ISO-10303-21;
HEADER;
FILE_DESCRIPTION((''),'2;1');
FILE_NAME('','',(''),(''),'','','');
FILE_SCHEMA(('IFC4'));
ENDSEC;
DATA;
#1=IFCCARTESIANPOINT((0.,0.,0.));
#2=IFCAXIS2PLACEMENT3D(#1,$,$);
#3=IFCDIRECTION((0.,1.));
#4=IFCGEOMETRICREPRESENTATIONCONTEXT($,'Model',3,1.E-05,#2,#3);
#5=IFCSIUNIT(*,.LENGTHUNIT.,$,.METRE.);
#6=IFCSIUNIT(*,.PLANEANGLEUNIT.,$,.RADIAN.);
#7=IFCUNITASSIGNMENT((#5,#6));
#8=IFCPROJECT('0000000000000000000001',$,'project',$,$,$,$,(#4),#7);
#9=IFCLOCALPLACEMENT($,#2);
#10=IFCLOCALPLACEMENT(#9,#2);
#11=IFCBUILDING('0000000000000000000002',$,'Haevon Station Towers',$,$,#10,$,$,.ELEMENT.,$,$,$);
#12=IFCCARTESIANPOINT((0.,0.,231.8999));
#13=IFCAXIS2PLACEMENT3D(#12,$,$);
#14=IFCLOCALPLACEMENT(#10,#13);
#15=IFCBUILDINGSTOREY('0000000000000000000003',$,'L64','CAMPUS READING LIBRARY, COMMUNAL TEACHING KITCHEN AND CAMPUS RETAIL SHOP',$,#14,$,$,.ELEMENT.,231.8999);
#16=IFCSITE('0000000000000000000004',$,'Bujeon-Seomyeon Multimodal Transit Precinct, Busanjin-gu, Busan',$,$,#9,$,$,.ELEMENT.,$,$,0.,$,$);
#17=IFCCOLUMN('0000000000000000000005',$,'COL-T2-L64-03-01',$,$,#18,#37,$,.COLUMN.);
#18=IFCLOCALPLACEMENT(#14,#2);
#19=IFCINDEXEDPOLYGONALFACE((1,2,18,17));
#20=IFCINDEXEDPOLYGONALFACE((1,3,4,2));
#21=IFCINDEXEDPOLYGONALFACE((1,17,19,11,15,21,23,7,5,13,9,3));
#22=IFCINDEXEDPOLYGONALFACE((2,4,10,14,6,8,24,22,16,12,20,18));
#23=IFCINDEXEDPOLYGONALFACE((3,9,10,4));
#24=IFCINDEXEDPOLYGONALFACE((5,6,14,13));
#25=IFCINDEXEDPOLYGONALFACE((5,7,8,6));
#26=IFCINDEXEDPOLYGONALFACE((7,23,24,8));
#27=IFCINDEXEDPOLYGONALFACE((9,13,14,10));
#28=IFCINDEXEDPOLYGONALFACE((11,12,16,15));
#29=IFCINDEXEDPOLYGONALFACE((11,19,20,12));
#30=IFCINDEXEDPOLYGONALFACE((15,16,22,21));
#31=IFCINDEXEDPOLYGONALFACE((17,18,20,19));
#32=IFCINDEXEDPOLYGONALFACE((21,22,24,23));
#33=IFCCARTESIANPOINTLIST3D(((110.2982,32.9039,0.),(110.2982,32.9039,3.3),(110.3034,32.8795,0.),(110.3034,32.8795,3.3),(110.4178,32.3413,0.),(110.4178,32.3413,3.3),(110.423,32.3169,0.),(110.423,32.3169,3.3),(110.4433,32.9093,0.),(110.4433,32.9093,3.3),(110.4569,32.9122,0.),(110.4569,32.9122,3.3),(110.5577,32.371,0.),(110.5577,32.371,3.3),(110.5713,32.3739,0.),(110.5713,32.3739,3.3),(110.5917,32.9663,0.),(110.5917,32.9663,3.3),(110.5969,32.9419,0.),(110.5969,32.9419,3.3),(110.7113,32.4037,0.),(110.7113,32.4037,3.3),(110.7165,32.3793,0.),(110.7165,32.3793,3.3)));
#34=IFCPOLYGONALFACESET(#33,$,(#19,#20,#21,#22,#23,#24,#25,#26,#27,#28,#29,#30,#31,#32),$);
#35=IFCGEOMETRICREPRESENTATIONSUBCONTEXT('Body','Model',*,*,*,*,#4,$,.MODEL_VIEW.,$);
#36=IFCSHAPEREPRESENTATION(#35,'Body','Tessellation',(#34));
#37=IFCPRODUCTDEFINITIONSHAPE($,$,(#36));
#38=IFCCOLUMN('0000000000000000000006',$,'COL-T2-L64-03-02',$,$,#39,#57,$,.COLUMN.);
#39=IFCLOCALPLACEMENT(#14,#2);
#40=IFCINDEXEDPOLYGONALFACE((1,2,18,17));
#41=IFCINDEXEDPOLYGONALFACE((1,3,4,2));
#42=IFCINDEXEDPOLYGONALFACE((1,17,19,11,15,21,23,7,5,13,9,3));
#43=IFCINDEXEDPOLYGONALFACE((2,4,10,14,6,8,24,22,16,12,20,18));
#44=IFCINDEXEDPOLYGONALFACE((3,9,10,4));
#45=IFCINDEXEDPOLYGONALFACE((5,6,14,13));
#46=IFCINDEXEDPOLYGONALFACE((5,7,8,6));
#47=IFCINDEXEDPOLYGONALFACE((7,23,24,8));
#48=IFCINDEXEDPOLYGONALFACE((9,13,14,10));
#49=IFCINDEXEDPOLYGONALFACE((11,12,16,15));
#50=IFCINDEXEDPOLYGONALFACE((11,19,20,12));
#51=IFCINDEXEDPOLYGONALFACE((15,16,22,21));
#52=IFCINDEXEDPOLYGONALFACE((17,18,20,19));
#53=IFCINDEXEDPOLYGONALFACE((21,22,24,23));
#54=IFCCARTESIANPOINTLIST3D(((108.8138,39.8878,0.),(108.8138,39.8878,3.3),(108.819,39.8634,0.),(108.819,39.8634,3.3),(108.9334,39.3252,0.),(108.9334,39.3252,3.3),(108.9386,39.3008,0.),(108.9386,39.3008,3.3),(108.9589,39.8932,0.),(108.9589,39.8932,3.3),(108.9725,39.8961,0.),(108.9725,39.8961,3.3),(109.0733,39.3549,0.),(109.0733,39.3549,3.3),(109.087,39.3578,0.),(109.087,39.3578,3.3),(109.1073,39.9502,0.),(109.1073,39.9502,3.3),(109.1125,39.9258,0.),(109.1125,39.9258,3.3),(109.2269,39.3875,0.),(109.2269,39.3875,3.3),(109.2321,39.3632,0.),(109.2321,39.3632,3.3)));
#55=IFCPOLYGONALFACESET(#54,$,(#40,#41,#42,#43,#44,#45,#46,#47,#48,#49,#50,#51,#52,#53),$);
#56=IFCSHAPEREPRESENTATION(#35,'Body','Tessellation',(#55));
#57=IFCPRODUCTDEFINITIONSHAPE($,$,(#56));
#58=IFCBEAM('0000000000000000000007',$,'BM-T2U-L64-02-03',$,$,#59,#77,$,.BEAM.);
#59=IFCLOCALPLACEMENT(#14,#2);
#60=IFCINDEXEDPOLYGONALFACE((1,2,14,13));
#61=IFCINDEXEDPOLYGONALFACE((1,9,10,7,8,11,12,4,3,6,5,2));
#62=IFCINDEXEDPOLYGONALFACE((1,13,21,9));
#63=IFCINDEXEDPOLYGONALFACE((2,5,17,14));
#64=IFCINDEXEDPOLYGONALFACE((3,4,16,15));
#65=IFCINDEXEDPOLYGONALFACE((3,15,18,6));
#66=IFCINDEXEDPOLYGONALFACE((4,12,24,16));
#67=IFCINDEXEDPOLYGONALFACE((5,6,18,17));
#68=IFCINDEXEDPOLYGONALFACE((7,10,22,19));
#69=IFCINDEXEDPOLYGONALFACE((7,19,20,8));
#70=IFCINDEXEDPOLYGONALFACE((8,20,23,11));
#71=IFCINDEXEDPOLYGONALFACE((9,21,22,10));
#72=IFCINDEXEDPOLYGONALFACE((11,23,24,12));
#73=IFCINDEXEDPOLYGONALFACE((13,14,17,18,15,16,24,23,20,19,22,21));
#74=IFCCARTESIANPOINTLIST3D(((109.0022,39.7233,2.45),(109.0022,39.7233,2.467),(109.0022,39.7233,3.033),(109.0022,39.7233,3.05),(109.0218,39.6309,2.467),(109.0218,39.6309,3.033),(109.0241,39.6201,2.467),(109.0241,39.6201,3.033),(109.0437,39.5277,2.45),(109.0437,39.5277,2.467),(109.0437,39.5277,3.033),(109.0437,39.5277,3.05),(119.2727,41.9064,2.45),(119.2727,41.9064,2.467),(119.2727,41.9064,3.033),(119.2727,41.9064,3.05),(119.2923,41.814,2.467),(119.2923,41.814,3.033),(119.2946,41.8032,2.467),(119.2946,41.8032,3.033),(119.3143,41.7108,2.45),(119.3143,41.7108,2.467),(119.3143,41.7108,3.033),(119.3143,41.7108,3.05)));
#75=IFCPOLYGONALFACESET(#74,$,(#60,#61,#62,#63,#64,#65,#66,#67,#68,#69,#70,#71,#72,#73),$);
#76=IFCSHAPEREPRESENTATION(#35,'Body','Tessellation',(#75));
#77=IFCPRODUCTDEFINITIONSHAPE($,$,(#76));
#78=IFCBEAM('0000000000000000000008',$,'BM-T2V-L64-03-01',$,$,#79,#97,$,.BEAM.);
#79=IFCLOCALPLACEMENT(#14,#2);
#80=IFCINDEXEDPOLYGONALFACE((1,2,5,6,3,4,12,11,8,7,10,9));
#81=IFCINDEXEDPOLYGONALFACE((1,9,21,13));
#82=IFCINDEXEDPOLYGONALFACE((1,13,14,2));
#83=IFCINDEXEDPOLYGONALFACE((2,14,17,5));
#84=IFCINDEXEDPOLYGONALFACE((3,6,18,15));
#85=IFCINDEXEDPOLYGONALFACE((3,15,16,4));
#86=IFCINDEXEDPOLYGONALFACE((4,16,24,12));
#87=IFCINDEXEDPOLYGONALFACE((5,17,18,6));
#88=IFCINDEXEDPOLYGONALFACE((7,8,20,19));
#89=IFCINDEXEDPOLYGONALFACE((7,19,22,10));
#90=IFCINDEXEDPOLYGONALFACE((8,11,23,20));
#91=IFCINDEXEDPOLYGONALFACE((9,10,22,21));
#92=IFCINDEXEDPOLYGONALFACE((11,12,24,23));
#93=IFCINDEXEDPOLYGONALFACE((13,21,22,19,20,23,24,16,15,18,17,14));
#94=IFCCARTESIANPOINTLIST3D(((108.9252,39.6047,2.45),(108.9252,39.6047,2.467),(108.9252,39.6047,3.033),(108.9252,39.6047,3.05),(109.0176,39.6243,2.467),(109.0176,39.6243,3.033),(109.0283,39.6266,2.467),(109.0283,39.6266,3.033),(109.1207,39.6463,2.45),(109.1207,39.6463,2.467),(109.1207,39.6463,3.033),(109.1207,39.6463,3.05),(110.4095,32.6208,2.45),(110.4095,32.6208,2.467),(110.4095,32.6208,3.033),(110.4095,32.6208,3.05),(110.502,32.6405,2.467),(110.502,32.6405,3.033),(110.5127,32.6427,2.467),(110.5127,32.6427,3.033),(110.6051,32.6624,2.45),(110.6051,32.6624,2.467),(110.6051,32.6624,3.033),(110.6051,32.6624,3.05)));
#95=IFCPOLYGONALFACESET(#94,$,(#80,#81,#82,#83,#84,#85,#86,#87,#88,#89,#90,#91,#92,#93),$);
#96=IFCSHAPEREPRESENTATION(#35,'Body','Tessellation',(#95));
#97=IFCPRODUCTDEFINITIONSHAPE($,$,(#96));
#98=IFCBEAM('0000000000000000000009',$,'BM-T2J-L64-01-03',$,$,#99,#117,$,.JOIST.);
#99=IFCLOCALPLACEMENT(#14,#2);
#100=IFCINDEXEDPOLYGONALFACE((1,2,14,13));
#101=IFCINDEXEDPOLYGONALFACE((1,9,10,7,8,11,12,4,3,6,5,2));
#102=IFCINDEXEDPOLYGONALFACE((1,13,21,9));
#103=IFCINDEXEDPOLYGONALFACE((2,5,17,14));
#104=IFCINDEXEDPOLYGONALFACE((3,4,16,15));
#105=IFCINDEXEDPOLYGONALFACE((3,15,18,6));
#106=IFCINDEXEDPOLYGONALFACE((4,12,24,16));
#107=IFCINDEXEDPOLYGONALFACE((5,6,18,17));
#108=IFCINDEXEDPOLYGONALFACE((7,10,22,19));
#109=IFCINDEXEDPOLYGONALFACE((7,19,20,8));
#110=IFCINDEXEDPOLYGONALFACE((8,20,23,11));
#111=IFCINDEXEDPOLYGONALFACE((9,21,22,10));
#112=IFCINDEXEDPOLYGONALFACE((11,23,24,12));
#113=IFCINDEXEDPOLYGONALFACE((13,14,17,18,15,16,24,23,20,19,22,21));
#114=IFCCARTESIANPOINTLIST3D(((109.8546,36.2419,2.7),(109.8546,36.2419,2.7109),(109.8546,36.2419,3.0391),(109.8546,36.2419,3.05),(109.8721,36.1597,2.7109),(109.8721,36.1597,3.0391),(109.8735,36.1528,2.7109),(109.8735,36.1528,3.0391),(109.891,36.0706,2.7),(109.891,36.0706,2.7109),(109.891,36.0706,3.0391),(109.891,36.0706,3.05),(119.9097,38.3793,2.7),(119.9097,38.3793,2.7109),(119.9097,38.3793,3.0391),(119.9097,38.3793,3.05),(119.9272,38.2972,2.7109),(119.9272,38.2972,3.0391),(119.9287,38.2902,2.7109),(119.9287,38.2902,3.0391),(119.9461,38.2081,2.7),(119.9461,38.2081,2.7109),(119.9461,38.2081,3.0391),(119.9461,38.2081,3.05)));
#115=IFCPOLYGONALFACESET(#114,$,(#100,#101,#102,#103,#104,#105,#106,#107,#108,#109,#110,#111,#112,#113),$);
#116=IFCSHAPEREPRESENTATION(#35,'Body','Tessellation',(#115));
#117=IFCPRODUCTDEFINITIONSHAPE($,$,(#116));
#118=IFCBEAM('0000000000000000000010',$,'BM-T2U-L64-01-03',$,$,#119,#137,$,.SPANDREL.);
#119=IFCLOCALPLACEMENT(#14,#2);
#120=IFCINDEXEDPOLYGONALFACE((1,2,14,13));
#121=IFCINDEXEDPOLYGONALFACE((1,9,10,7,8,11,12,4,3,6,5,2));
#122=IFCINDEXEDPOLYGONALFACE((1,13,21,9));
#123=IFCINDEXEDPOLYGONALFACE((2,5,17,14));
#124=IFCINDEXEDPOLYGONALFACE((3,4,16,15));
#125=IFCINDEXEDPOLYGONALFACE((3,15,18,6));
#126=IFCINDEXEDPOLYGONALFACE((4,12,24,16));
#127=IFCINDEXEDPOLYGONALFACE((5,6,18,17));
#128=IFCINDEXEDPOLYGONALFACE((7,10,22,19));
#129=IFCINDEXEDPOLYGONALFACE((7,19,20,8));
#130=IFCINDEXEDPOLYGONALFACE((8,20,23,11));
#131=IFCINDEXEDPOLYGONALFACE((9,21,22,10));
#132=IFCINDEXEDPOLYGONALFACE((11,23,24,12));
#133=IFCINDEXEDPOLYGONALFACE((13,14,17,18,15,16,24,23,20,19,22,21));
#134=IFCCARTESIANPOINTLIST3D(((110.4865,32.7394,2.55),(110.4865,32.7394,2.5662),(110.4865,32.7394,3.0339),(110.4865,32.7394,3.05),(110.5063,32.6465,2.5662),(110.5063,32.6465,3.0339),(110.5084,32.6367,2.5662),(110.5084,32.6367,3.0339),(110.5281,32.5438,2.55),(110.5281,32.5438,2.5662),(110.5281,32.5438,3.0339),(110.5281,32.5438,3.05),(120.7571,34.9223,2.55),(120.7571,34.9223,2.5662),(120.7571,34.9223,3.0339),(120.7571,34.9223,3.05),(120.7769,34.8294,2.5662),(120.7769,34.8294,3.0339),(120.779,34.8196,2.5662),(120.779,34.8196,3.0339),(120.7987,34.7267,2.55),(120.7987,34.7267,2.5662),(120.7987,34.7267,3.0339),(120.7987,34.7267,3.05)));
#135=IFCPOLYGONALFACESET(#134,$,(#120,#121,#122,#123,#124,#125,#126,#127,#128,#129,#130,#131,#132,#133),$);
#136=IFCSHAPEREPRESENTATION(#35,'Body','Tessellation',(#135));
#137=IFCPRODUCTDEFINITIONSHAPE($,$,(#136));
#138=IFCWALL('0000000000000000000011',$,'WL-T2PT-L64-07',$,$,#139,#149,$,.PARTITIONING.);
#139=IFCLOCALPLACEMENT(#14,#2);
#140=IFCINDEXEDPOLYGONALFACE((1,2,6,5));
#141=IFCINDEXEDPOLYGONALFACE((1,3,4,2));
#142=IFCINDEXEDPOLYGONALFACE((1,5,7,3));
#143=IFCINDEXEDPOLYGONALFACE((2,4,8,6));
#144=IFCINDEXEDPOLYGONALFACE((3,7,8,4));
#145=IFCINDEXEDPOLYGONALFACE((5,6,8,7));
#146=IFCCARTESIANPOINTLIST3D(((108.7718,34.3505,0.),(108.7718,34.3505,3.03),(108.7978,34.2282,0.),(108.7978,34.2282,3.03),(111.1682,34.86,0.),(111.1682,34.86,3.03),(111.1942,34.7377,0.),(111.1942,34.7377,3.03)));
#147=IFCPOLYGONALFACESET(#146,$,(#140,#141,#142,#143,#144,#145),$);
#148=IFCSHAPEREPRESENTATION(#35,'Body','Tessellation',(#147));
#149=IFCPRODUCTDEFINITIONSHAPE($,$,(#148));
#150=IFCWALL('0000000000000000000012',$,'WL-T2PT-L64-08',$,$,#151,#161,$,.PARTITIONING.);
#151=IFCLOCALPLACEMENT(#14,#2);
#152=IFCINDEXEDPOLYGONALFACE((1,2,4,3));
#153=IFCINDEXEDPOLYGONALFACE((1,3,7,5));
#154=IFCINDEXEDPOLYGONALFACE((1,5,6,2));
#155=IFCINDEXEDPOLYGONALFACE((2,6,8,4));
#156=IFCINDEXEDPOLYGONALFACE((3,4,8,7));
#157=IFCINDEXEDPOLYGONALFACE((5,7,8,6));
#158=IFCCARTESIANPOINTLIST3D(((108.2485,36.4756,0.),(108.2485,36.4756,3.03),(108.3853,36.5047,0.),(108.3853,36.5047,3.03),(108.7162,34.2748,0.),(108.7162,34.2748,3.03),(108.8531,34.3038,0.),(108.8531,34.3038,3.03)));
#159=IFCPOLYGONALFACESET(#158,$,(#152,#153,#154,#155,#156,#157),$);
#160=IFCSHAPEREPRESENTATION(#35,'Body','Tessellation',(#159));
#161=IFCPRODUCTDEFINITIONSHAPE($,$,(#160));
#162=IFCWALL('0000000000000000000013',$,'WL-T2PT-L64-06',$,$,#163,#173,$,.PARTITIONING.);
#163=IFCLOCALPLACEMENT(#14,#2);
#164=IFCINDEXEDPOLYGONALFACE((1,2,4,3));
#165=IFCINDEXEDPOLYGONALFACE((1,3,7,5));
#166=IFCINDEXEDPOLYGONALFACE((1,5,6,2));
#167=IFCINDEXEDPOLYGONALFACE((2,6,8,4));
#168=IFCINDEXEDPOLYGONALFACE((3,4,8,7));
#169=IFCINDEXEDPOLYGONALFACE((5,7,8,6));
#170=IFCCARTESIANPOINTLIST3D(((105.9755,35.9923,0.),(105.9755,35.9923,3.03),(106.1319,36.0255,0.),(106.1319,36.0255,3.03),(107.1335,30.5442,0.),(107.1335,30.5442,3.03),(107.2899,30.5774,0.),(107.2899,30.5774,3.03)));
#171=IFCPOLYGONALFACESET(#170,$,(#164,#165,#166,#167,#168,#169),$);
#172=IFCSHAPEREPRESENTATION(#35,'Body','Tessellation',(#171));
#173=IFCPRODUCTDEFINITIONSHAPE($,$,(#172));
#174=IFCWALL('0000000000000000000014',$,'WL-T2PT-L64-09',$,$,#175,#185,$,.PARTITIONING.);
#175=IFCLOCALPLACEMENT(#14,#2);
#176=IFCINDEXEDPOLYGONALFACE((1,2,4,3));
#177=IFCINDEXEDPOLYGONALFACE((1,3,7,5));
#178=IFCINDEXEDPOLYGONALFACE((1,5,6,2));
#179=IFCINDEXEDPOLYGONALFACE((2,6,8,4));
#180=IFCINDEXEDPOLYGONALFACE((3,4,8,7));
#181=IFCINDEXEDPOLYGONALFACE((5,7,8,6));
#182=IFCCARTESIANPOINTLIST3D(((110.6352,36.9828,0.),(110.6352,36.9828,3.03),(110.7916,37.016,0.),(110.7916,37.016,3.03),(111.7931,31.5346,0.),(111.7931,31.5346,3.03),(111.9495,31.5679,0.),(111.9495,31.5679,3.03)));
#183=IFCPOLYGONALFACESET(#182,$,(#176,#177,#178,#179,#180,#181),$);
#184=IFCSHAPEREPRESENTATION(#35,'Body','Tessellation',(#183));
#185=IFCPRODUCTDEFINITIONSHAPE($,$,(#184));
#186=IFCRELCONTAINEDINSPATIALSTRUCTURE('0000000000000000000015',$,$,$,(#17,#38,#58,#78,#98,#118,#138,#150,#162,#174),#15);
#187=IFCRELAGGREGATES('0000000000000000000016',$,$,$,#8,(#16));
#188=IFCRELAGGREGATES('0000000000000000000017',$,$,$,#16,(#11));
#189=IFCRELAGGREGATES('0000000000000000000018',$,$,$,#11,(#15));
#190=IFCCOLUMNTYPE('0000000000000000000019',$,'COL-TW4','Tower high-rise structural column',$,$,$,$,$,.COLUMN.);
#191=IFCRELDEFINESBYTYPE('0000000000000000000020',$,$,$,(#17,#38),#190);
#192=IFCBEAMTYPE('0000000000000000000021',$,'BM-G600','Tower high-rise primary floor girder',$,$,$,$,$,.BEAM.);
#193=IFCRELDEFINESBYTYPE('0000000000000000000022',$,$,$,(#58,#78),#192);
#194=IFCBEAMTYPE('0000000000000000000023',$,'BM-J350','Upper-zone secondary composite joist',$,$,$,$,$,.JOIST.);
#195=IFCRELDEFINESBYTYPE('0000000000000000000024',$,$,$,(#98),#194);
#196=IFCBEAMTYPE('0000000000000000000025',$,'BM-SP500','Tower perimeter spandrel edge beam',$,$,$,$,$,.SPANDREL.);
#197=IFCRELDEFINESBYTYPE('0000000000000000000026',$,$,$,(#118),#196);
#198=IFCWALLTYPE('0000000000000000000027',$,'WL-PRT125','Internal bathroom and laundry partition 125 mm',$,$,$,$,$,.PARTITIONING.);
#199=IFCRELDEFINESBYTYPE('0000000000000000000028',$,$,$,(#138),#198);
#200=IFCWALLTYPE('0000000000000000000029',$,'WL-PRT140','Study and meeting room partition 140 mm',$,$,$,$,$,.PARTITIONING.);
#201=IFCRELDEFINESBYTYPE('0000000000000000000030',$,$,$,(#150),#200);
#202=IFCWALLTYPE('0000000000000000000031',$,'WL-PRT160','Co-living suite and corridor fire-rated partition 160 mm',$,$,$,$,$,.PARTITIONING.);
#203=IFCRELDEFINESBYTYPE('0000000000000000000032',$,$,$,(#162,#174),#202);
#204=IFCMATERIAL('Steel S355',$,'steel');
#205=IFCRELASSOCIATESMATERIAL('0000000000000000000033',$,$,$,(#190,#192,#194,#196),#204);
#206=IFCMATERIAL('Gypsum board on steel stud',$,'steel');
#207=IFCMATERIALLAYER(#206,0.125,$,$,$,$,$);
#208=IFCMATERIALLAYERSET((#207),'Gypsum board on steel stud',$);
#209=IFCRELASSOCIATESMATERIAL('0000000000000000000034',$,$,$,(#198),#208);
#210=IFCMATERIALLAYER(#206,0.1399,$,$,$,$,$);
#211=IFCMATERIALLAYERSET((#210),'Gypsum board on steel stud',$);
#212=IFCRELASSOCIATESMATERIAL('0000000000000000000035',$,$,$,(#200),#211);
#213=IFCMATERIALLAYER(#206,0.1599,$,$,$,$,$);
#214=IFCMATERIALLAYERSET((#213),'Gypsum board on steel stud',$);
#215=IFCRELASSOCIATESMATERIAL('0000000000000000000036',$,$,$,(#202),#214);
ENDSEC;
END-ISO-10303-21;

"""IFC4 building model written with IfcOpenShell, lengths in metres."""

from ifc_helpers import new_model, si_unit, direction, frame, frame_2d, origin, origin_2d, place, context, subcontext, project, spatial, rectangle, i_section, extrude, material, layer, layer_set, material_profile, profile_set, type_object, element, save


model = new_model("IFC4")

# Units and contexts
model_context = context("Model", 3, precision=1e-05, world=origin(), true_north=direction((0.0, 1.0)))
body_context = subcontext(model_context, "Body", "Model", "MODEL_VIEW")
ifc_project = project(units=[si_unit("LENGTHUNIT", "METRE"), si_unit("PLANEANGLEUNIT", "RADIAN")], contexts=[model_context])

# Site, building, storey
site_placement = place(None, origin())
site = spatial("IfcSite", under=ifc_project, at=site_placement, Name="Bujeon-Seomyeon Multimodal Transit Precinct, Busanjin-gu, Busan", CompositionType="ELEMENT", RefElevation=0.0)
building_placement = place(site_placement, origin())
building = spatial("IfcBuilding", under=site, at=building_placement, Name="Haevon Station Towers", CompositionType="ELEMENT")
storey_placement = place(building_placement, frame((0.0, 0.0, 231.8999)))
storey = spatial("IfcBuildingStorey", under=building, at=storey_placement, Name="L64", Description="CAMPUS READING LIBRARY, COMMUNAL TEACHING KITCHEN AND CAMPUS RETAIL SHOP", CompositionType="ELEMENT", Elevation=231.8999)

# Columns
ifc_material_1 = material(Name="Steel S355", Category="steel")
ifc_material_profile_1 = material_profile(ifc_material_1, i_section(OverallWidth=0.3, OverallDepth=0.6001, WebThickness=0.0139, FlangeThickness=0.0249, at=origin_2d()), Name="H-600x300x14x25")
ifc_profile_set_1 = profile_set([ifc_material_profile_1], Name="Steel S355")
column_type = type_object("IfcColumnType", Name="COL-TW4", Description="Tower high-rise structural column", PredefinedType="COLUMN", material=ifc_profile_set_1)
for number, where, z_axis, x_axis, name in (
    (1, (110.5073, 32.6416, 0.0), (0.0, 0.0, 1.0), (0.978148, 0.207912, 0.0), "COL-T2-L64-03-01"),
    (2, (109.0229, 39.6255, 0.0), (0.0, 0.0, 1.0), (0.978148, 0.207912, 0.0), "COL-T2-L64-03-02"),
):
    element("IfcColumn", number, at=place(storey_placement, frame(where, z_axis=z_axis, x_axis=x_axis)), inside=storey, type_object=column_type, Name=name, PredefinedType="COLUMN", context=body_context, shape_type="SweptSolid", body=[
        extrude(i_section(OverallWidth=0.3, OverallDepth=0.6001, WebThickness=0.0139, FlangeThickness=0.0249, at=origin_2d()), origin(), (0.0, 0.0, 1.0), 3.3),
    ])

# Beams
ifc_material_profile_2 = material_profile(ifc_material_1, i_section(OverallWidth=0.2, OverallDepth=0.6001, WebThickness=0.011, FlangeThickness=0.0171, at=origin_2d()), Name="H-600x200x11x17")
ifc_profile_set_2 = profile_set([ifc_material_profile_2], Name="Steel S355")
beam_type_1 = type_object("IfcBeamType", Name="BM-G600", Description="Tower high-rise primary floor girder", PredefinedType="BEAM", material=ifc_profile_set_2)
beam_1_placement = place(storey_placement, frame((109.0229, 39.6255, 2.75), z_axis=(0.978147, 0.207915, 0.0), x_axis=(-0.207915, 0.978147, 0.0)))
element("IfcBeam", 3, at=beam_1_placement, inside=storey, type_object=beam_type_1, Name="BM-T2U-L64-02-03", PredefinedType="BEAM", context=body_context, shape_type="SweptSolid", body=[
    extrude(i_section(OverallWidth=0.2, OverallDepth=0.6001, WebThickness=0.011, FlangeThickness=0.0171, at=origin_2d()), origin(), (0.0, 0.0, 1.0), 10.5),
])
beam_2_placement = place(storey_placement, frame((110.5073, 32.6416, 2.75), z_axis=(-0.207899, 0.97815, 0.0), x_axis=(-0.97815, -0.207899, 0.0)))
element("IfcBeam", 4, at=beam_2_placement, inside=storey, type_object=beam_type_1, Name="BM-T2V-L64-03-01", PredefinedType="BEAM", context=body_context, shape_type="SweptSolid", body=[
    extrude(i_section(OverallWidth=0.2, OverallDepth=0.6001, WebThickness=0.011, FlangeThickness=0.0171, at=origin_2d()), origin(), (0.0, 0.0, 1.0), 7.1399),
])
ifc_material_profile_3 = material_profile(ifc_material_1, i_section(OverallWidth=0.175, OverallDepth=0.3501, WebThickness=0.0071, FlangeThickness=0.011, at=origin_2d()), Name="H-350x175x7x11")
ifc_profile_set_3 = profile_set([ifc_material_profile_3], Name="Steel S355")
beam_type_2 = type_object("IfcBeamType", Name="BM-J350", Description="Upper-zone secondary composite joist", PredefinedType="JOIST", material=ifc_profile_set_3)
beam_3_placement = place(storey_placement, frame((109.8728, 36.1562, 2.875), z_axis=(0.978144, 0.207926, 0.0), x_axis=(-0.207926, 0.978144, 0.0)))
element("IfcBeam", 5, at=beam_3_placement, inside=storey, type_object=beam_type_2, Name="BM-T2J-L64-01-03", PredefinedType="JOIST", context=body_context, shape_type="SweptSolid", body=[
    extrude(i_section(OverallWidth=0.175, OverallDepth=0.3501, WebThickness=0.0071, FlangeThickness=0.011, at=origin_2d()), origin(), (0.0, 0.0, 1.0), 10.2798),
])
ifc_material_profile_4 = material_profile(ifc_material_1, i_section(OverallWidth=0.2, OverallDepth=0.5, WebThickness=0.01, FlangeThickness=0.0161, at=origin_2d()), Name="H-500x200x10x16")
ifc_profile_set_4 = profile_set([ifc_material_profile_4], Name="Steel S355")
beam_type_3 = type_object("IfcBeamType", Name="BM-SP500", Description="Tower perimeter spandrel edge beam", PredefinedType="SPANDREL", material=ifc_profile_set_4)
beam_4_placement = place(storey_placement, frame((110.5073, 32.6416, 2.8), z_axis=(0.978152, 0.207893, 0.0), x_axis=(-0.207893, 0.978152, 0.0)))
element("IfcBeam", 6, at=beam_4_placement, inside=storey, type_object=beam_type_3, Name="BM-T2U-L64-01-03", PredefinedType="SPANDREL", context=body_context, shape_type="SweptSolid", body=[
    extrude(i_section(OverallWidth=0.2, OverallDepth=0.5, WebThickness=0.01, FlangeThickness=0.0161, at=origin_2d()), origin(), (0.0, 0.0, 1.0), 10.5),
])

# Walls
ifc_material_2 = material(Name="Gypsum board on steel stud", Category="steel")
ifc_layer_1 = layer(ifc_material_2, 0.125)
ifc_layer_set_1 = layer_set([ifc_layer_1], Name="Gypsum board on steel stud")
wall_type_1 = type_object("IfcWallType", Name="WL-PRT125", Description="Internal bathroom and laundry partition 125 mm", PredefinedType="PARTITIONING", material=ifc_layer_set_1)
wall_1_placement = place(storey_placement, frame((108.7847, 34.2893, 0.0), z_axis=(0.0, 0.0, 1.0), x_axis=(0.978137, 0.207964, 0.0)))
element("IfcWall", 7, at=wall_1_placement, inside=storey, type_object=wall_type_1, Name="WL-T2PT-L64-07", PredefinedType="PARTITIONING", context=body_context, shape_type="SweptSolid", body=[
    extrude(rectangle(XDim=2.45, YDim=0.125, at=frame_2d((1.2251, 0.0))), origin(), (0.0, 0.0, 1.0), 3.03),
])
ifc_layer_2 = layer(ifc_material_2, 0.1399)
ifc_layer_set_2 = layer_set([ifc_layer_2], Name="Gypsum board on steel stud")
wall_type_2 = type_object("IfcWallType", Name="WL-PRT140", Description="Study and meeting room partition 140 mm", PredefinedType="PARTITIONING", material=ifc_layer_set_2)
wall_2_placement = place(storey_placement, frame((108.7847, 34.2893, 0.0), z_axis=(0.0, 0.0, 1.0), x_axis=(-0.207891, 0.978152, 0.0)))
element("IfcWall", 8, at=wall_2_placement, inside=storey, type_object=wall_type_2, Name="WL-T2PT-L64-08", PredefinedType="PARTITIONING", context=body_context, shape_type="SweptSolid", body=[
    extrude(rectangle(XDim=2.25, YDim=0.1399, at=frame_2d((1.125, 0.0))), origin(), (0.0, 0.0, 1.0), 3.03),
])
ifc_layer_3 = layer(ifc_material_2, 0.1599)
ifc_layer_set_3 = layer_set([ifc_layer_3], Name="Gypsum board on steel stud")
wall_type_3 = type_object("IfcWallType", Name="WL-PRT160", Description="Co-living suite and corridor fire-rated partition 160 mm", PredefinedType="PARTITIONING", material=ifc_layer_set_3)
for number, where, z_axis, x_axis, name in (
    (9, (107.2117, 30.5608, 0.0), (0.0, 0.0, 1.0), (-0.207894, 0.978151, 0.0), "WL-T2PT-L64-06"),
    (10, (111.8713, 31.5513, 0.0), (0.0, 0.0, 1.0), (-0.207894, 0.978151, 0.0), "WL-T2PT-L64-09"),
):
    element("IfcWall", number, at=place(storey_placement, frame(where, z_axis=z_axis, x_axis=x_axis)), inside=storey, type_object=wall_type_3, Name=name, PredefinedType="PARTITIONING", context=body_context, shape_type="SweptSolid", body=[
        extrude(rectangle(XDim=5.5698, YDim=0.1599, at=frame_2d((2.7849, 0.0))), origin(), (0.0, 0.0, 1.0), 3.03),
    ])

save(model, "model.ifc")
